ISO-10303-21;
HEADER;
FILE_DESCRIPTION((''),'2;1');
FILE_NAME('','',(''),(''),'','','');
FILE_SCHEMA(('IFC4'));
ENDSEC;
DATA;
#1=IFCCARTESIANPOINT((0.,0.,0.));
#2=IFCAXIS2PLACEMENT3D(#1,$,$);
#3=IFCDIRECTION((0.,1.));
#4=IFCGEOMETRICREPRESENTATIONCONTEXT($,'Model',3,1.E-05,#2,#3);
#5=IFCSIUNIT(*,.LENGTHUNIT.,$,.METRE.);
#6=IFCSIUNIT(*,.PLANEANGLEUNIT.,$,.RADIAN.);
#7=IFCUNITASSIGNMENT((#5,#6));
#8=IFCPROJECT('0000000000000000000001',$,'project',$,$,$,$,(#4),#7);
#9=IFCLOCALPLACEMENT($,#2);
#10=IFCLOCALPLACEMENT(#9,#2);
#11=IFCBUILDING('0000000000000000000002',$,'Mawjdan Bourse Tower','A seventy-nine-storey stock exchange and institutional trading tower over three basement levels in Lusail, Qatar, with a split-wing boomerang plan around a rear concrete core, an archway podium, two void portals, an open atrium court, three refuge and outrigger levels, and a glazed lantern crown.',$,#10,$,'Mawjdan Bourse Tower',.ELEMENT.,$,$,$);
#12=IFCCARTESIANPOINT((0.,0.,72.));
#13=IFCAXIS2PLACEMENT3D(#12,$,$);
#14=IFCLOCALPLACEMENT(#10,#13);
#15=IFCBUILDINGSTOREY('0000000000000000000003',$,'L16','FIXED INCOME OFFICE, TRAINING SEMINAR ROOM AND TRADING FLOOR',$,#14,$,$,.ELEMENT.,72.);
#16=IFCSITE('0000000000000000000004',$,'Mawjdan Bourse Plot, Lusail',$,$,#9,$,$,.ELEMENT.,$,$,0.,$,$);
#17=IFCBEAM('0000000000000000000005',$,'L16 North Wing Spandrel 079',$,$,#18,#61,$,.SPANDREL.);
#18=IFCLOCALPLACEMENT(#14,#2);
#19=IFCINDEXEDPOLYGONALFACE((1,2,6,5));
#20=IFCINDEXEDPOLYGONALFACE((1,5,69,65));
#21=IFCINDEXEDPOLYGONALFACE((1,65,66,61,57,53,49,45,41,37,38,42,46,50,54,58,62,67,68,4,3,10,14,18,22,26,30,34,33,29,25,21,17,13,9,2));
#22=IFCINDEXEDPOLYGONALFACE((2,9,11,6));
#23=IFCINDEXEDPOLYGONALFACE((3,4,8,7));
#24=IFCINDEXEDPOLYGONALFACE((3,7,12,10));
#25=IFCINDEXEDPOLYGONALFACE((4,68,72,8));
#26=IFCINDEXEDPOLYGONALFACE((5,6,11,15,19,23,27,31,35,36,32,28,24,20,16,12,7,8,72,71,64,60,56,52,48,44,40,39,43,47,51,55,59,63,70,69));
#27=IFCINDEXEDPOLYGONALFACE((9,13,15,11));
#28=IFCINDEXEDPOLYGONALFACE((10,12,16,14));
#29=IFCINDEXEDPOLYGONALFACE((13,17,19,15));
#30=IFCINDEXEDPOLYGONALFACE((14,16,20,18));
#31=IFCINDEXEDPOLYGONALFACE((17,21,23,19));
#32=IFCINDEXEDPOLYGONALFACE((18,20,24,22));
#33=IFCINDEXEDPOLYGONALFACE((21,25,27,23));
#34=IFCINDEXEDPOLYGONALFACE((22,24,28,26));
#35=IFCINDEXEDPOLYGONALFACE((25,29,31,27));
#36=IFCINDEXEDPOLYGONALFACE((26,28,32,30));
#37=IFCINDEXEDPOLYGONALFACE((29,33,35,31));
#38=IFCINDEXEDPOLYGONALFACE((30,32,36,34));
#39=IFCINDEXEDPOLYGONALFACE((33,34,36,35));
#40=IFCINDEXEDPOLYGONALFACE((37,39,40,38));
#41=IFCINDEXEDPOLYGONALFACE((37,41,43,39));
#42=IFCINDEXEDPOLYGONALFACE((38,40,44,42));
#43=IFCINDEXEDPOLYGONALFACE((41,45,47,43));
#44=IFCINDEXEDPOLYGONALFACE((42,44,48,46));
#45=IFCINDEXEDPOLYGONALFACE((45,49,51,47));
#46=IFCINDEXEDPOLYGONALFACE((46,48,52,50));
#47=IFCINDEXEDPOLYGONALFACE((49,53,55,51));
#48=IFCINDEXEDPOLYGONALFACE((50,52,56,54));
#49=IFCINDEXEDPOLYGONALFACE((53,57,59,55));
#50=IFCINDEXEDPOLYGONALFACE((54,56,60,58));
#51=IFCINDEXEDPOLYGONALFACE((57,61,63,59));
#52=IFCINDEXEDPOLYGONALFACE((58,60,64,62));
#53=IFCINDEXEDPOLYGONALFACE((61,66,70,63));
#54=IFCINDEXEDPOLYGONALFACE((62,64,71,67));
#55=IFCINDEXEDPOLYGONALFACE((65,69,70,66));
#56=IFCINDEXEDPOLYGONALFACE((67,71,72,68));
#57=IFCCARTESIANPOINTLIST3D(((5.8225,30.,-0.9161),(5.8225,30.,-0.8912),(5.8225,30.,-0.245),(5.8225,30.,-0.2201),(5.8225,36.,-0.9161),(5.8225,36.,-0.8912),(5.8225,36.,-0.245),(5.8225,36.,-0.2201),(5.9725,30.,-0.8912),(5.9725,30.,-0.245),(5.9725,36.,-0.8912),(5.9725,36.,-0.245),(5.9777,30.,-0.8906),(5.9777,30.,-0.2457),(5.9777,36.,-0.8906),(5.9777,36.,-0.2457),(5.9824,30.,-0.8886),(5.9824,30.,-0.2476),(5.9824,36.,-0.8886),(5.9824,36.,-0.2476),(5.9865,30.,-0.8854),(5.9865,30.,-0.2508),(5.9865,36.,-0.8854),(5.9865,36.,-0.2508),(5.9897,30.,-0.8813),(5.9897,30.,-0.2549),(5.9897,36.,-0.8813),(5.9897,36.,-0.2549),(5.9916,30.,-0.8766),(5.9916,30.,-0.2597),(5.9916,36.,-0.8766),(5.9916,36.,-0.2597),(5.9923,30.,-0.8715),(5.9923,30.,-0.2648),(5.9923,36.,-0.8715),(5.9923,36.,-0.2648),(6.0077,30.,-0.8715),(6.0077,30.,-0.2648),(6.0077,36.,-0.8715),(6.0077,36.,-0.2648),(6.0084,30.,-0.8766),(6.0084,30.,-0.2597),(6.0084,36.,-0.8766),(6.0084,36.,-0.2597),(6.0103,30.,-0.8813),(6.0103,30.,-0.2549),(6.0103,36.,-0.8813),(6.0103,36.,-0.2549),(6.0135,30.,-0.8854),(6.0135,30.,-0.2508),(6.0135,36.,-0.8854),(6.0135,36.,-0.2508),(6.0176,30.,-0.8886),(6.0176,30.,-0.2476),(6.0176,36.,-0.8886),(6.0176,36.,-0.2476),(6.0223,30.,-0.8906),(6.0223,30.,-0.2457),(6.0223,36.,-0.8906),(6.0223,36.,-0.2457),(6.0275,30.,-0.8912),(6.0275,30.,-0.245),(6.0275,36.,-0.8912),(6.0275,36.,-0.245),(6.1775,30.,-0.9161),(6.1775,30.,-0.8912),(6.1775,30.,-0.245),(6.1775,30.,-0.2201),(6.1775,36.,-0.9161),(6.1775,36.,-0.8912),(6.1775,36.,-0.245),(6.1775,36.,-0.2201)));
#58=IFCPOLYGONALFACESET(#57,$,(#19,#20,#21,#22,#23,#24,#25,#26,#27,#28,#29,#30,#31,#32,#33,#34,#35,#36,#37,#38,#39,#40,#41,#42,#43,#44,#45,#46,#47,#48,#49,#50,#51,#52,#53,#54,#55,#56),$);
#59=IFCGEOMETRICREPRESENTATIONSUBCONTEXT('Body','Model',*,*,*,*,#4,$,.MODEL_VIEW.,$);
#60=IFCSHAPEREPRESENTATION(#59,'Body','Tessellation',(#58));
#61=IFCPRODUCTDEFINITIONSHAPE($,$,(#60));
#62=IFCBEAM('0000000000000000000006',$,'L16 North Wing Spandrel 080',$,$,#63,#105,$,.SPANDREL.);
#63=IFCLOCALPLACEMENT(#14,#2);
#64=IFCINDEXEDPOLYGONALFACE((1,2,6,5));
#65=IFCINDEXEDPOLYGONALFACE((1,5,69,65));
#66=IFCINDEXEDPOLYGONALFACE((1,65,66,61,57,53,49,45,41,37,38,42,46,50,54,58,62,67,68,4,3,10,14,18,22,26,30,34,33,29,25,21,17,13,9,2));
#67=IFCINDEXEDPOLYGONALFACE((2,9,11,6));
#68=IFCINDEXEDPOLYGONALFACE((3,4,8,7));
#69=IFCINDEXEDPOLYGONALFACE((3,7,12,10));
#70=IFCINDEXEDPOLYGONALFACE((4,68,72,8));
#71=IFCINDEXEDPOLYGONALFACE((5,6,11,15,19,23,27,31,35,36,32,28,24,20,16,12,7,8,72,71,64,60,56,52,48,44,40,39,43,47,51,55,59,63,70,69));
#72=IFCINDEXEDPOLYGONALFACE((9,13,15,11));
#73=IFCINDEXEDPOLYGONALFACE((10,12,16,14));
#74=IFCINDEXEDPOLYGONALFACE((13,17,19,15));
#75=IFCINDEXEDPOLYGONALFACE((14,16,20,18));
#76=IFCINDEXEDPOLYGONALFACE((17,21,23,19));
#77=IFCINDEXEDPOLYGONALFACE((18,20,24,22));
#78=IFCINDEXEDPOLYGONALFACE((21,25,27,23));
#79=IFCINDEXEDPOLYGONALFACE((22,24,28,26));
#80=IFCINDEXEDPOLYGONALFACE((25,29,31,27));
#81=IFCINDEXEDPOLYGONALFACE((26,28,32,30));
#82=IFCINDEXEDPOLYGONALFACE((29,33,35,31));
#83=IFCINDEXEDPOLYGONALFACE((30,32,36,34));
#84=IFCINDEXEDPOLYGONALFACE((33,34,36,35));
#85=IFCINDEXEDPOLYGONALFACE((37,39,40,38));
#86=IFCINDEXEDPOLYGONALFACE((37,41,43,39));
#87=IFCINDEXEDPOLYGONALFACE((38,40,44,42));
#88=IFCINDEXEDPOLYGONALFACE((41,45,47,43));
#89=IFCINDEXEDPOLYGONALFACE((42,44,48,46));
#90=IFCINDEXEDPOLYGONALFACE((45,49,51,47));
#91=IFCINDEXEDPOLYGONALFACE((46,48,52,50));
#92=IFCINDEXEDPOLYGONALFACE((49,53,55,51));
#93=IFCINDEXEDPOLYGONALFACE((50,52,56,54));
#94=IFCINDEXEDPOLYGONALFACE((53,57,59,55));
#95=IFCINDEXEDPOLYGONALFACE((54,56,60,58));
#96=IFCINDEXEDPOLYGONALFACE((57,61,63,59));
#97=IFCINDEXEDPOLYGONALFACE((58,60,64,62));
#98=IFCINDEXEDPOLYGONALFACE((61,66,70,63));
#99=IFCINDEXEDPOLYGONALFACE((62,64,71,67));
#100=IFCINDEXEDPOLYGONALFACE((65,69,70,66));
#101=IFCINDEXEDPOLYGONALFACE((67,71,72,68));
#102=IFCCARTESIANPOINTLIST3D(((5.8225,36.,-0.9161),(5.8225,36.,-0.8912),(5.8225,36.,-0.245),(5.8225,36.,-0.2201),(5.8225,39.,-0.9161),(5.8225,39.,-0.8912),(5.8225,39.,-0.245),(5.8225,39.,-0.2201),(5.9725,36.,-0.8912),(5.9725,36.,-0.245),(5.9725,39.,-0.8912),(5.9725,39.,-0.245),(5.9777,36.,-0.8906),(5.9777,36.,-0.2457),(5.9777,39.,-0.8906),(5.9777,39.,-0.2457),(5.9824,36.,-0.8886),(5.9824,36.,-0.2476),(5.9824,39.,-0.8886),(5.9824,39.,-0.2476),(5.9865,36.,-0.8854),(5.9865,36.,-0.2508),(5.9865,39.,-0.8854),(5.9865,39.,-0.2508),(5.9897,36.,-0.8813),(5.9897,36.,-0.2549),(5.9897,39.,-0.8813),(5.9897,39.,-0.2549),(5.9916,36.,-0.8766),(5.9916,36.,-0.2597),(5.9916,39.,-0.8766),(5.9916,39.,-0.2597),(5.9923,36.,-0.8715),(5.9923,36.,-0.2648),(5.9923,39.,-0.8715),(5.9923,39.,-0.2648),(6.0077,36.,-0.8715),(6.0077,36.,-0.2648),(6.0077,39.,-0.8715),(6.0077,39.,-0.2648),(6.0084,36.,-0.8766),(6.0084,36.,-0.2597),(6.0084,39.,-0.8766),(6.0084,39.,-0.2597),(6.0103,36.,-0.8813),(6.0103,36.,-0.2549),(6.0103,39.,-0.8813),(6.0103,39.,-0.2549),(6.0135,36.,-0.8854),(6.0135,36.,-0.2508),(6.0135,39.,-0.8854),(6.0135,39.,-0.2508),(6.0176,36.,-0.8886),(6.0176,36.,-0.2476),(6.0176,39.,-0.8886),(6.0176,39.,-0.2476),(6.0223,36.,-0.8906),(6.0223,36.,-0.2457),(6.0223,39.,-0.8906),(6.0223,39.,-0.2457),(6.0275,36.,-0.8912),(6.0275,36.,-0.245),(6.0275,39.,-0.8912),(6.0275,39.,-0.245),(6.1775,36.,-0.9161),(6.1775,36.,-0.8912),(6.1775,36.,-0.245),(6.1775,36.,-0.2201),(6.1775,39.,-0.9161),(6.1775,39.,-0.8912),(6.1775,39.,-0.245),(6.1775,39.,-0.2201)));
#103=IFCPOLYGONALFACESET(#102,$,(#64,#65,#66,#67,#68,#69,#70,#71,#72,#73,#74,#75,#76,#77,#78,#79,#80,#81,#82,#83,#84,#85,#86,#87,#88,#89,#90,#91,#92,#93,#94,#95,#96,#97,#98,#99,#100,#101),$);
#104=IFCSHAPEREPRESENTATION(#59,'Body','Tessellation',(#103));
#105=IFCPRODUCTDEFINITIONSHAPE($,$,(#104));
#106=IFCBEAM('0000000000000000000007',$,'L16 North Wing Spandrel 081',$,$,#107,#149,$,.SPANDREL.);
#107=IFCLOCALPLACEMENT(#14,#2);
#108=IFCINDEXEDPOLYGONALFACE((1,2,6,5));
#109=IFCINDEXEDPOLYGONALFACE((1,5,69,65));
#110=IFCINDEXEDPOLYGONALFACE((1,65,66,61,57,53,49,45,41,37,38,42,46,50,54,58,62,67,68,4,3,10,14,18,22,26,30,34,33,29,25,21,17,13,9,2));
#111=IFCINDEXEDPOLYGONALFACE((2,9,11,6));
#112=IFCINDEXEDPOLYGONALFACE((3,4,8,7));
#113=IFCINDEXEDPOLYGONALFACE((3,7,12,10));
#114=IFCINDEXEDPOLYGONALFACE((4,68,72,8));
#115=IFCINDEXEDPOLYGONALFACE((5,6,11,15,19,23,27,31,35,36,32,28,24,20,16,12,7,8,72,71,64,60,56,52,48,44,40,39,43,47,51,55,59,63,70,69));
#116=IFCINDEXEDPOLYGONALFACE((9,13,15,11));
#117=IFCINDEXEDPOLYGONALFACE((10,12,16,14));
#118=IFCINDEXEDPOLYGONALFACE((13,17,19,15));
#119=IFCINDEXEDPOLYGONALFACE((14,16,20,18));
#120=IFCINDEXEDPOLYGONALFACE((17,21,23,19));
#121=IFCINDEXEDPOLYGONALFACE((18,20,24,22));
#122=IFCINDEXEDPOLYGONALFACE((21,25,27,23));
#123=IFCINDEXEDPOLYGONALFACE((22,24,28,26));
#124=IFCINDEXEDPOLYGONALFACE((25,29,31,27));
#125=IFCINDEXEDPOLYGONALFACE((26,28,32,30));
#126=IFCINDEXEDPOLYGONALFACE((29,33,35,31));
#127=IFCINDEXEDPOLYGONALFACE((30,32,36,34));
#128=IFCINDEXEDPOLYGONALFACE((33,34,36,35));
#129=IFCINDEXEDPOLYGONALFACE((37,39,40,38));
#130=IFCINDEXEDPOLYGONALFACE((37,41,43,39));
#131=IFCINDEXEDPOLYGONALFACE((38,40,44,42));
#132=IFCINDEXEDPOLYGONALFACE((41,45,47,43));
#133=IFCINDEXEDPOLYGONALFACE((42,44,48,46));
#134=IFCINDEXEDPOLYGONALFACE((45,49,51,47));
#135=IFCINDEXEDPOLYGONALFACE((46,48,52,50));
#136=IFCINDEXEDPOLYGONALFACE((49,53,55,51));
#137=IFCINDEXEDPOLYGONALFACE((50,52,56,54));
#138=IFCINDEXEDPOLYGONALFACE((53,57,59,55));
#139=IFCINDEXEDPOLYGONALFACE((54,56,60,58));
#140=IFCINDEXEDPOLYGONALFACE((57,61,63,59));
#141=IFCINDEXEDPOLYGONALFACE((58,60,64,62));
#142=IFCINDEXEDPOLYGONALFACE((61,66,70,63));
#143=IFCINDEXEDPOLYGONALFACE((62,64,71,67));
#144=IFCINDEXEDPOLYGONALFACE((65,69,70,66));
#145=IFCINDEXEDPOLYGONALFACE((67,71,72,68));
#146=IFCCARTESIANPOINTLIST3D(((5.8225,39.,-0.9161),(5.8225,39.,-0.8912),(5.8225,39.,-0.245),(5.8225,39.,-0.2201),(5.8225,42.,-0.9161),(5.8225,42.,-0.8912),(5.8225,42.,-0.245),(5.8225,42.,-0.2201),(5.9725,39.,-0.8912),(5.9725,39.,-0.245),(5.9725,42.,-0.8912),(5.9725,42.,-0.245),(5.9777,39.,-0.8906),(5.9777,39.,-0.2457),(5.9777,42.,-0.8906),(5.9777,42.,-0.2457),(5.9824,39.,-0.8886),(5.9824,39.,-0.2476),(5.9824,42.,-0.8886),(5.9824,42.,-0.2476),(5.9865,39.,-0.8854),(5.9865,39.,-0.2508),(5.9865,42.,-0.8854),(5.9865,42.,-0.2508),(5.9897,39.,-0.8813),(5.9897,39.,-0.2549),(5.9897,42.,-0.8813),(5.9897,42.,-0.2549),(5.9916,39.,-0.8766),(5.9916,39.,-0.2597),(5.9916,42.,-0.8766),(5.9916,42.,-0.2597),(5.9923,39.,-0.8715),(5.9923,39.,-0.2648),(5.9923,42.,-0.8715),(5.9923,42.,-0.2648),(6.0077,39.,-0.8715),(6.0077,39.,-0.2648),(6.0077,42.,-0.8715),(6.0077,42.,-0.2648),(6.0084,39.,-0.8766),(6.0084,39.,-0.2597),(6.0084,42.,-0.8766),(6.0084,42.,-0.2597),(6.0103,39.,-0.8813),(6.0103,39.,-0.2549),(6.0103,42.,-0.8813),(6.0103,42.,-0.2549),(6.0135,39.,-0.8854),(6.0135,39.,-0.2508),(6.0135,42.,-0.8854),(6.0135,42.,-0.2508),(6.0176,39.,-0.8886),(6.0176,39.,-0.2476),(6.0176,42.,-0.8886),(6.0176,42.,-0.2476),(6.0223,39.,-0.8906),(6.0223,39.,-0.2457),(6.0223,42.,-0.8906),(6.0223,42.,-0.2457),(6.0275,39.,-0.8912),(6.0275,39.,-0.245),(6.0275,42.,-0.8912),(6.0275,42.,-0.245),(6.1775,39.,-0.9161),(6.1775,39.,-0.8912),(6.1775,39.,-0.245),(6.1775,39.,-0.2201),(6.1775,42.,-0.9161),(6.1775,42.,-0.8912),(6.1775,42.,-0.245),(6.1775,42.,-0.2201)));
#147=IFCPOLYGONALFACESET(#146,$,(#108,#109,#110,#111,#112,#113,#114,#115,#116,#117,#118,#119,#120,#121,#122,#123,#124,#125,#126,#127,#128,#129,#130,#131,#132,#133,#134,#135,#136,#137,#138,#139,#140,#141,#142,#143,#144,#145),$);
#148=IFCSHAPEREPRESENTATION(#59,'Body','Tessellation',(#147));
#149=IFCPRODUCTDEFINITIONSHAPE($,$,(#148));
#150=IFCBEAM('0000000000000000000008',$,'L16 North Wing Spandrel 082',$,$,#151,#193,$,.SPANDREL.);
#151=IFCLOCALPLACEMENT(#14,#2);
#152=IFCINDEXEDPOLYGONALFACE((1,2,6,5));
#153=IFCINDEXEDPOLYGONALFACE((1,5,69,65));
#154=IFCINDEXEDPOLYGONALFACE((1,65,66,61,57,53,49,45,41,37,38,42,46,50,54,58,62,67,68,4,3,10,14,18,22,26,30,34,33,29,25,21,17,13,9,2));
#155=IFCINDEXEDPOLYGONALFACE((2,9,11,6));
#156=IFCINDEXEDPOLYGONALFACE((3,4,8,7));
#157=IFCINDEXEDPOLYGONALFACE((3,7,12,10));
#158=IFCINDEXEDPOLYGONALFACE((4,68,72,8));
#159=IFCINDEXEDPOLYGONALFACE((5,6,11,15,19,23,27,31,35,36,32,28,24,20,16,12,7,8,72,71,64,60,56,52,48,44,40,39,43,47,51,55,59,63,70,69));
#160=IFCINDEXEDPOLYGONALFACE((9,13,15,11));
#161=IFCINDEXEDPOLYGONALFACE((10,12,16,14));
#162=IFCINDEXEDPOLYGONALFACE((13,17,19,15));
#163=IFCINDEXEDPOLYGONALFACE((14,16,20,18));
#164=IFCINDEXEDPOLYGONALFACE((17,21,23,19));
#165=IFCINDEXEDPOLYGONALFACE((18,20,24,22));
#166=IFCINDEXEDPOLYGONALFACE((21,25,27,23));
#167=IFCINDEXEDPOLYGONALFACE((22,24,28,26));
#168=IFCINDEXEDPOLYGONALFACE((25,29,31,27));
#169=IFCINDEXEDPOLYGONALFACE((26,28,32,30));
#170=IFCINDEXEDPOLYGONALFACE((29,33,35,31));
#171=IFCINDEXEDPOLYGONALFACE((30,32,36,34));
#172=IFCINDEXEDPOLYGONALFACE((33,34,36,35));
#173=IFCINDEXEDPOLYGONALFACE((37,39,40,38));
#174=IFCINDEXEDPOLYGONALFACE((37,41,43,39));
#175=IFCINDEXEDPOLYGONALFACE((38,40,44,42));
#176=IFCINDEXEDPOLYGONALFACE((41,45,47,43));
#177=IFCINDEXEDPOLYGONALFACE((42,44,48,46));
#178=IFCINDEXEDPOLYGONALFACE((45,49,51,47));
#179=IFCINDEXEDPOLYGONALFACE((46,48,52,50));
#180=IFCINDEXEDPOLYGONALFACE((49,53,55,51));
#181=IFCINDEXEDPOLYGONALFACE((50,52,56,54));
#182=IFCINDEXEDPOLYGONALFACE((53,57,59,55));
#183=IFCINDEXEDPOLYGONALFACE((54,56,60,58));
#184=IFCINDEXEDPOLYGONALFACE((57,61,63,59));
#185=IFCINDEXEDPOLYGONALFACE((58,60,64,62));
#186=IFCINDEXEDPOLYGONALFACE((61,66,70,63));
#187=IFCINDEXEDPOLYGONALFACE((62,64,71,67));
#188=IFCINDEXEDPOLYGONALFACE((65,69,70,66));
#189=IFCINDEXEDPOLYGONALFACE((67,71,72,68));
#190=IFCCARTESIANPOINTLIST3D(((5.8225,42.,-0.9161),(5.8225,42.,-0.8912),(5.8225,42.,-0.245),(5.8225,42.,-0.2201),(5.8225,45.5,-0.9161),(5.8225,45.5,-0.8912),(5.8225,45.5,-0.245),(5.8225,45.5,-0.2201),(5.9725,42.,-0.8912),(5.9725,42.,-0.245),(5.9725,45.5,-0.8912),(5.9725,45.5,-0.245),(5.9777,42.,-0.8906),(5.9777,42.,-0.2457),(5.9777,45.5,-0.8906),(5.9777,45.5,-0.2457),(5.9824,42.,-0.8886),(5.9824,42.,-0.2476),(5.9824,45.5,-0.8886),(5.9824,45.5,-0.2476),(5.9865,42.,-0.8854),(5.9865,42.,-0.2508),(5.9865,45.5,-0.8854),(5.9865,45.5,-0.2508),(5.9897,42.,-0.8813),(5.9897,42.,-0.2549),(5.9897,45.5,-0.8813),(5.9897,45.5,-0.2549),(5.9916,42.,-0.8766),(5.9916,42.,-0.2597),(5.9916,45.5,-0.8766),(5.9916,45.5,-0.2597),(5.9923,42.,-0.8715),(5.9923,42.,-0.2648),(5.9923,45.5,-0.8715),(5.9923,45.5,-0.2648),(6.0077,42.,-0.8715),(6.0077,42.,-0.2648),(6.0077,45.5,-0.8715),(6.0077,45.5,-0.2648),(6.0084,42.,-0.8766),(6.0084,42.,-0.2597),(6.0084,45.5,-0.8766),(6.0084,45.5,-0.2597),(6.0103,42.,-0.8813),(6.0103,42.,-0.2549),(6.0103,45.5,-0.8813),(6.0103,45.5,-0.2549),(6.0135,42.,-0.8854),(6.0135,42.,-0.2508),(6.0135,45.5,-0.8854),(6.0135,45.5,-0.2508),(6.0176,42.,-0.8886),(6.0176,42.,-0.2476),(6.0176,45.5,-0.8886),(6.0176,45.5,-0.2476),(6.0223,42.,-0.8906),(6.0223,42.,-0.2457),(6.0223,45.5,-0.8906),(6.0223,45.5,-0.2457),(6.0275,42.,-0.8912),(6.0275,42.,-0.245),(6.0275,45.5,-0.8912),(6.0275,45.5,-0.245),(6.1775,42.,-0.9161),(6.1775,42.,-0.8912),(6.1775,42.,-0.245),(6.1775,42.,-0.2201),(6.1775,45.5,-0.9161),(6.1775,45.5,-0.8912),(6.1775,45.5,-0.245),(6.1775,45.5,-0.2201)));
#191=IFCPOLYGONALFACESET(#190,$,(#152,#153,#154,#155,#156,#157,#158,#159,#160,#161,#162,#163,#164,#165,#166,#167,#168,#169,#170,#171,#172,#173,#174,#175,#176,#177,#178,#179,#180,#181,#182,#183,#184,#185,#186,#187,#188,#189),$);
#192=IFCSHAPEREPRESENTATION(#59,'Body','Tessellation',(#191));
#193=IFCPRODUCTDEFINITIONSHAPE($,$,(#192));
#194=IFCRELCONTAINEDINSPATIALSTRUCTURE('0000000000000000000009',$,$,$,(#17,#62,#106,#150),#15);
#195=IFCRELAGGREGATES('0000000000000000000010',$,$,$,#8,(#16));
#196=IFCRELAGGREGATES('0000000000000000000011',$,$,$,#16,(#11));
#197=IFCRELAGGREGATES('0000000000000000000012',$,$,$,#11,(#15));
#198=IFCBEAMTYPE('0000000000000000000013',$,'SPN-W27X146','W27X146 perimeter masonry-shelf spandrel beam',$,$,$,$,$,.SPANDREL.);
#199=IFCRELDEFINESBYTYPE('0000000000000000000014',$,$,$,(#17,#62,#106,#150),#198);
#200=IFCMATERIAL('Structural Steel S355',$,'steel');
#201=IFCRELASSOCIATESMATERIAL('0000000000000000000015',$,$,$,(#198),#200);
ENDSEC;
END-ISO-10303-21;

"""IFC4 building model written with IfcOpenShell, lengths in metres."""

from ifc_helpers import new_model, si_unit, direction, frame, origin, origin_2d, place, context, subcontext, project, spatial, i_section, extrude, material, material_profile, profile_set, type_object, element, save


model = new_model("IFC4")

# Units and contexts
model_context = context("Model", 3, precision=1e-05, world=origin(), true_north=direction((0.0, 1.0)))
body_context = subcontext(model_context, "Body", "Model", "MODEL_VIEW")
ifc_project = project(units=[si_unit("LENGTHUNIT", "METRE"), si_unit("PLANEANGLEUNIT", "RADIAN")], contexts=[model_context])

# Site, building, storey
site_placement = place(None, origin())
site = spatial("IfcSite", under=ifc_project, at=site_placement, Name="Mawjdan Bourse Plot, Lusail", CompositionType="ELEMENT", RefElevation=0.0)
building_placement = place(site_placement, origin())
building = spatial("IfcBuilding", under=site, at=building_placement, Name="Mawjdan Bourse Tower", Description="A seventy-nine-storey stock exchange and institutional trading tower over three basement levels in Lusail, Qatar, with a split-wing boomerang plan around a rear concrete core, an archway podium, two void portals, an open atrium court, three refuge and outrigger levels, and a glazed lantern crown.", LongName="Mawjdan Bourse Tower", CompositionType="ELEMENT")
storey_placement = place(building_placement, frame((0.0, 0.0, 72.0)))
storey = spatial("IfcBuildingStorey", under=building, at=storey_placement, Name="L16", Description="FIXED INCOME OFFICE, TRAINING SEMINAR ROOM AND TRADING FLOOR", CompositionType="ELEMENT", Elevation=72.0)

# Beams
ifc_material_1 = material(Name="Structural Steel S355", Category="steel")
ifc_material_profile_1 = material_profile(ifc_material_1, i_section(OverallWidth=0.355, OverallDepth=0.696, WebThickness=0.0154, FlangeThickness=0.0249, FilletRadius=0.0198, at=origin_2d()), Name="W27X146")
ifc_profile_set_1 = profile_set([ifc_material_profile_1], Name="Structural Steel S355")
beam_type_1 = type_object("IfcBeamType", Name="SPN-W27X146", Description="W27X146 perimeter masonry-shelf spandrel beam", PredefinedType="SPANDREL", material=ifc_profile_set_1)
beam_1_placement = place(storey_placement, frame((6.0, 30.0, -0.5681), z_axis=(0.0, 1.0, 0.0), x_axis=(-1.0, 0.0, 0.0)))
element("IfcBeam", 1, at=beam_1_placement, inside=storey, type_object=beam_type_1, Name="L16 North Wing Spandrel 079", PredefinedType="SPANDREL", context=body_context, shape_type="SweptSolid", body=[
    extrude(i_section(OverallWidth=0.355, OverallDepth=0.696, WebThickness=0.0154, FlangeThickness=0.0249, FilletRadius=0.0198, at=origin_2d()), origin(), (0.0, 0.0, 1.0), 6.0),
])
for number, where, z_axis, x_axis, name in (
    (2, (6.0, 36.0, -0.5681), (0.0, 1.0, 0.0), (-1.0, 0.0, 0.0), "L16 North Wing Spandrel 080"),
    (3, (6.0, 39.0, -0.5681), (0.0, 1.0, 0.0), (-1.0, 0.0, 0.0), "L16 North Wing Spandrel 081"),
):
    element("IfcBeam", number, at=place(storey_placement, frame(where, z_axis=z_axis, x_axis=x_axis)), inside=storey, type_object=beam_type_1, Name=name, PredefinedType="SPANDREL", context=body_context, shape_type="SweptSolid", body=[
        extrude(i_section(OverallWidth=0.355, OverallDepth=0.696, WebThickness=0.0154, FlangeThickness=0.0249, FilletRadius=0.0198, at=origin_2d()), origin(), (0.0, 0.0, 1.0), 3.0),
    ])
beam_2_placement = place(storey_placement, frame((6.0, 42.0, -0.5681), z_axis=(0.0, 1.0, 0.0), x_axis=(-1.0, 0.0, 0.0)))
element("IfcBeam", 4, at=beam_2_placement, inside=storey, type_object=beam_type_1, Name="L16 North Wing Spandrel 082", PredefinedType="SPANDREL", context=body_context, shape_type="SweptSolid", body=[
    extrude(i_section(OverallWidth=0.355, OverallDepth=0.696, WebThickness=0.0154, FlangeThickness=0.0249, FilletRadius=0.0198, at=origin_2d()), origin(), (0.0, 0.0, 1.0), 3.5),
])

save(model, "model.ifc")
